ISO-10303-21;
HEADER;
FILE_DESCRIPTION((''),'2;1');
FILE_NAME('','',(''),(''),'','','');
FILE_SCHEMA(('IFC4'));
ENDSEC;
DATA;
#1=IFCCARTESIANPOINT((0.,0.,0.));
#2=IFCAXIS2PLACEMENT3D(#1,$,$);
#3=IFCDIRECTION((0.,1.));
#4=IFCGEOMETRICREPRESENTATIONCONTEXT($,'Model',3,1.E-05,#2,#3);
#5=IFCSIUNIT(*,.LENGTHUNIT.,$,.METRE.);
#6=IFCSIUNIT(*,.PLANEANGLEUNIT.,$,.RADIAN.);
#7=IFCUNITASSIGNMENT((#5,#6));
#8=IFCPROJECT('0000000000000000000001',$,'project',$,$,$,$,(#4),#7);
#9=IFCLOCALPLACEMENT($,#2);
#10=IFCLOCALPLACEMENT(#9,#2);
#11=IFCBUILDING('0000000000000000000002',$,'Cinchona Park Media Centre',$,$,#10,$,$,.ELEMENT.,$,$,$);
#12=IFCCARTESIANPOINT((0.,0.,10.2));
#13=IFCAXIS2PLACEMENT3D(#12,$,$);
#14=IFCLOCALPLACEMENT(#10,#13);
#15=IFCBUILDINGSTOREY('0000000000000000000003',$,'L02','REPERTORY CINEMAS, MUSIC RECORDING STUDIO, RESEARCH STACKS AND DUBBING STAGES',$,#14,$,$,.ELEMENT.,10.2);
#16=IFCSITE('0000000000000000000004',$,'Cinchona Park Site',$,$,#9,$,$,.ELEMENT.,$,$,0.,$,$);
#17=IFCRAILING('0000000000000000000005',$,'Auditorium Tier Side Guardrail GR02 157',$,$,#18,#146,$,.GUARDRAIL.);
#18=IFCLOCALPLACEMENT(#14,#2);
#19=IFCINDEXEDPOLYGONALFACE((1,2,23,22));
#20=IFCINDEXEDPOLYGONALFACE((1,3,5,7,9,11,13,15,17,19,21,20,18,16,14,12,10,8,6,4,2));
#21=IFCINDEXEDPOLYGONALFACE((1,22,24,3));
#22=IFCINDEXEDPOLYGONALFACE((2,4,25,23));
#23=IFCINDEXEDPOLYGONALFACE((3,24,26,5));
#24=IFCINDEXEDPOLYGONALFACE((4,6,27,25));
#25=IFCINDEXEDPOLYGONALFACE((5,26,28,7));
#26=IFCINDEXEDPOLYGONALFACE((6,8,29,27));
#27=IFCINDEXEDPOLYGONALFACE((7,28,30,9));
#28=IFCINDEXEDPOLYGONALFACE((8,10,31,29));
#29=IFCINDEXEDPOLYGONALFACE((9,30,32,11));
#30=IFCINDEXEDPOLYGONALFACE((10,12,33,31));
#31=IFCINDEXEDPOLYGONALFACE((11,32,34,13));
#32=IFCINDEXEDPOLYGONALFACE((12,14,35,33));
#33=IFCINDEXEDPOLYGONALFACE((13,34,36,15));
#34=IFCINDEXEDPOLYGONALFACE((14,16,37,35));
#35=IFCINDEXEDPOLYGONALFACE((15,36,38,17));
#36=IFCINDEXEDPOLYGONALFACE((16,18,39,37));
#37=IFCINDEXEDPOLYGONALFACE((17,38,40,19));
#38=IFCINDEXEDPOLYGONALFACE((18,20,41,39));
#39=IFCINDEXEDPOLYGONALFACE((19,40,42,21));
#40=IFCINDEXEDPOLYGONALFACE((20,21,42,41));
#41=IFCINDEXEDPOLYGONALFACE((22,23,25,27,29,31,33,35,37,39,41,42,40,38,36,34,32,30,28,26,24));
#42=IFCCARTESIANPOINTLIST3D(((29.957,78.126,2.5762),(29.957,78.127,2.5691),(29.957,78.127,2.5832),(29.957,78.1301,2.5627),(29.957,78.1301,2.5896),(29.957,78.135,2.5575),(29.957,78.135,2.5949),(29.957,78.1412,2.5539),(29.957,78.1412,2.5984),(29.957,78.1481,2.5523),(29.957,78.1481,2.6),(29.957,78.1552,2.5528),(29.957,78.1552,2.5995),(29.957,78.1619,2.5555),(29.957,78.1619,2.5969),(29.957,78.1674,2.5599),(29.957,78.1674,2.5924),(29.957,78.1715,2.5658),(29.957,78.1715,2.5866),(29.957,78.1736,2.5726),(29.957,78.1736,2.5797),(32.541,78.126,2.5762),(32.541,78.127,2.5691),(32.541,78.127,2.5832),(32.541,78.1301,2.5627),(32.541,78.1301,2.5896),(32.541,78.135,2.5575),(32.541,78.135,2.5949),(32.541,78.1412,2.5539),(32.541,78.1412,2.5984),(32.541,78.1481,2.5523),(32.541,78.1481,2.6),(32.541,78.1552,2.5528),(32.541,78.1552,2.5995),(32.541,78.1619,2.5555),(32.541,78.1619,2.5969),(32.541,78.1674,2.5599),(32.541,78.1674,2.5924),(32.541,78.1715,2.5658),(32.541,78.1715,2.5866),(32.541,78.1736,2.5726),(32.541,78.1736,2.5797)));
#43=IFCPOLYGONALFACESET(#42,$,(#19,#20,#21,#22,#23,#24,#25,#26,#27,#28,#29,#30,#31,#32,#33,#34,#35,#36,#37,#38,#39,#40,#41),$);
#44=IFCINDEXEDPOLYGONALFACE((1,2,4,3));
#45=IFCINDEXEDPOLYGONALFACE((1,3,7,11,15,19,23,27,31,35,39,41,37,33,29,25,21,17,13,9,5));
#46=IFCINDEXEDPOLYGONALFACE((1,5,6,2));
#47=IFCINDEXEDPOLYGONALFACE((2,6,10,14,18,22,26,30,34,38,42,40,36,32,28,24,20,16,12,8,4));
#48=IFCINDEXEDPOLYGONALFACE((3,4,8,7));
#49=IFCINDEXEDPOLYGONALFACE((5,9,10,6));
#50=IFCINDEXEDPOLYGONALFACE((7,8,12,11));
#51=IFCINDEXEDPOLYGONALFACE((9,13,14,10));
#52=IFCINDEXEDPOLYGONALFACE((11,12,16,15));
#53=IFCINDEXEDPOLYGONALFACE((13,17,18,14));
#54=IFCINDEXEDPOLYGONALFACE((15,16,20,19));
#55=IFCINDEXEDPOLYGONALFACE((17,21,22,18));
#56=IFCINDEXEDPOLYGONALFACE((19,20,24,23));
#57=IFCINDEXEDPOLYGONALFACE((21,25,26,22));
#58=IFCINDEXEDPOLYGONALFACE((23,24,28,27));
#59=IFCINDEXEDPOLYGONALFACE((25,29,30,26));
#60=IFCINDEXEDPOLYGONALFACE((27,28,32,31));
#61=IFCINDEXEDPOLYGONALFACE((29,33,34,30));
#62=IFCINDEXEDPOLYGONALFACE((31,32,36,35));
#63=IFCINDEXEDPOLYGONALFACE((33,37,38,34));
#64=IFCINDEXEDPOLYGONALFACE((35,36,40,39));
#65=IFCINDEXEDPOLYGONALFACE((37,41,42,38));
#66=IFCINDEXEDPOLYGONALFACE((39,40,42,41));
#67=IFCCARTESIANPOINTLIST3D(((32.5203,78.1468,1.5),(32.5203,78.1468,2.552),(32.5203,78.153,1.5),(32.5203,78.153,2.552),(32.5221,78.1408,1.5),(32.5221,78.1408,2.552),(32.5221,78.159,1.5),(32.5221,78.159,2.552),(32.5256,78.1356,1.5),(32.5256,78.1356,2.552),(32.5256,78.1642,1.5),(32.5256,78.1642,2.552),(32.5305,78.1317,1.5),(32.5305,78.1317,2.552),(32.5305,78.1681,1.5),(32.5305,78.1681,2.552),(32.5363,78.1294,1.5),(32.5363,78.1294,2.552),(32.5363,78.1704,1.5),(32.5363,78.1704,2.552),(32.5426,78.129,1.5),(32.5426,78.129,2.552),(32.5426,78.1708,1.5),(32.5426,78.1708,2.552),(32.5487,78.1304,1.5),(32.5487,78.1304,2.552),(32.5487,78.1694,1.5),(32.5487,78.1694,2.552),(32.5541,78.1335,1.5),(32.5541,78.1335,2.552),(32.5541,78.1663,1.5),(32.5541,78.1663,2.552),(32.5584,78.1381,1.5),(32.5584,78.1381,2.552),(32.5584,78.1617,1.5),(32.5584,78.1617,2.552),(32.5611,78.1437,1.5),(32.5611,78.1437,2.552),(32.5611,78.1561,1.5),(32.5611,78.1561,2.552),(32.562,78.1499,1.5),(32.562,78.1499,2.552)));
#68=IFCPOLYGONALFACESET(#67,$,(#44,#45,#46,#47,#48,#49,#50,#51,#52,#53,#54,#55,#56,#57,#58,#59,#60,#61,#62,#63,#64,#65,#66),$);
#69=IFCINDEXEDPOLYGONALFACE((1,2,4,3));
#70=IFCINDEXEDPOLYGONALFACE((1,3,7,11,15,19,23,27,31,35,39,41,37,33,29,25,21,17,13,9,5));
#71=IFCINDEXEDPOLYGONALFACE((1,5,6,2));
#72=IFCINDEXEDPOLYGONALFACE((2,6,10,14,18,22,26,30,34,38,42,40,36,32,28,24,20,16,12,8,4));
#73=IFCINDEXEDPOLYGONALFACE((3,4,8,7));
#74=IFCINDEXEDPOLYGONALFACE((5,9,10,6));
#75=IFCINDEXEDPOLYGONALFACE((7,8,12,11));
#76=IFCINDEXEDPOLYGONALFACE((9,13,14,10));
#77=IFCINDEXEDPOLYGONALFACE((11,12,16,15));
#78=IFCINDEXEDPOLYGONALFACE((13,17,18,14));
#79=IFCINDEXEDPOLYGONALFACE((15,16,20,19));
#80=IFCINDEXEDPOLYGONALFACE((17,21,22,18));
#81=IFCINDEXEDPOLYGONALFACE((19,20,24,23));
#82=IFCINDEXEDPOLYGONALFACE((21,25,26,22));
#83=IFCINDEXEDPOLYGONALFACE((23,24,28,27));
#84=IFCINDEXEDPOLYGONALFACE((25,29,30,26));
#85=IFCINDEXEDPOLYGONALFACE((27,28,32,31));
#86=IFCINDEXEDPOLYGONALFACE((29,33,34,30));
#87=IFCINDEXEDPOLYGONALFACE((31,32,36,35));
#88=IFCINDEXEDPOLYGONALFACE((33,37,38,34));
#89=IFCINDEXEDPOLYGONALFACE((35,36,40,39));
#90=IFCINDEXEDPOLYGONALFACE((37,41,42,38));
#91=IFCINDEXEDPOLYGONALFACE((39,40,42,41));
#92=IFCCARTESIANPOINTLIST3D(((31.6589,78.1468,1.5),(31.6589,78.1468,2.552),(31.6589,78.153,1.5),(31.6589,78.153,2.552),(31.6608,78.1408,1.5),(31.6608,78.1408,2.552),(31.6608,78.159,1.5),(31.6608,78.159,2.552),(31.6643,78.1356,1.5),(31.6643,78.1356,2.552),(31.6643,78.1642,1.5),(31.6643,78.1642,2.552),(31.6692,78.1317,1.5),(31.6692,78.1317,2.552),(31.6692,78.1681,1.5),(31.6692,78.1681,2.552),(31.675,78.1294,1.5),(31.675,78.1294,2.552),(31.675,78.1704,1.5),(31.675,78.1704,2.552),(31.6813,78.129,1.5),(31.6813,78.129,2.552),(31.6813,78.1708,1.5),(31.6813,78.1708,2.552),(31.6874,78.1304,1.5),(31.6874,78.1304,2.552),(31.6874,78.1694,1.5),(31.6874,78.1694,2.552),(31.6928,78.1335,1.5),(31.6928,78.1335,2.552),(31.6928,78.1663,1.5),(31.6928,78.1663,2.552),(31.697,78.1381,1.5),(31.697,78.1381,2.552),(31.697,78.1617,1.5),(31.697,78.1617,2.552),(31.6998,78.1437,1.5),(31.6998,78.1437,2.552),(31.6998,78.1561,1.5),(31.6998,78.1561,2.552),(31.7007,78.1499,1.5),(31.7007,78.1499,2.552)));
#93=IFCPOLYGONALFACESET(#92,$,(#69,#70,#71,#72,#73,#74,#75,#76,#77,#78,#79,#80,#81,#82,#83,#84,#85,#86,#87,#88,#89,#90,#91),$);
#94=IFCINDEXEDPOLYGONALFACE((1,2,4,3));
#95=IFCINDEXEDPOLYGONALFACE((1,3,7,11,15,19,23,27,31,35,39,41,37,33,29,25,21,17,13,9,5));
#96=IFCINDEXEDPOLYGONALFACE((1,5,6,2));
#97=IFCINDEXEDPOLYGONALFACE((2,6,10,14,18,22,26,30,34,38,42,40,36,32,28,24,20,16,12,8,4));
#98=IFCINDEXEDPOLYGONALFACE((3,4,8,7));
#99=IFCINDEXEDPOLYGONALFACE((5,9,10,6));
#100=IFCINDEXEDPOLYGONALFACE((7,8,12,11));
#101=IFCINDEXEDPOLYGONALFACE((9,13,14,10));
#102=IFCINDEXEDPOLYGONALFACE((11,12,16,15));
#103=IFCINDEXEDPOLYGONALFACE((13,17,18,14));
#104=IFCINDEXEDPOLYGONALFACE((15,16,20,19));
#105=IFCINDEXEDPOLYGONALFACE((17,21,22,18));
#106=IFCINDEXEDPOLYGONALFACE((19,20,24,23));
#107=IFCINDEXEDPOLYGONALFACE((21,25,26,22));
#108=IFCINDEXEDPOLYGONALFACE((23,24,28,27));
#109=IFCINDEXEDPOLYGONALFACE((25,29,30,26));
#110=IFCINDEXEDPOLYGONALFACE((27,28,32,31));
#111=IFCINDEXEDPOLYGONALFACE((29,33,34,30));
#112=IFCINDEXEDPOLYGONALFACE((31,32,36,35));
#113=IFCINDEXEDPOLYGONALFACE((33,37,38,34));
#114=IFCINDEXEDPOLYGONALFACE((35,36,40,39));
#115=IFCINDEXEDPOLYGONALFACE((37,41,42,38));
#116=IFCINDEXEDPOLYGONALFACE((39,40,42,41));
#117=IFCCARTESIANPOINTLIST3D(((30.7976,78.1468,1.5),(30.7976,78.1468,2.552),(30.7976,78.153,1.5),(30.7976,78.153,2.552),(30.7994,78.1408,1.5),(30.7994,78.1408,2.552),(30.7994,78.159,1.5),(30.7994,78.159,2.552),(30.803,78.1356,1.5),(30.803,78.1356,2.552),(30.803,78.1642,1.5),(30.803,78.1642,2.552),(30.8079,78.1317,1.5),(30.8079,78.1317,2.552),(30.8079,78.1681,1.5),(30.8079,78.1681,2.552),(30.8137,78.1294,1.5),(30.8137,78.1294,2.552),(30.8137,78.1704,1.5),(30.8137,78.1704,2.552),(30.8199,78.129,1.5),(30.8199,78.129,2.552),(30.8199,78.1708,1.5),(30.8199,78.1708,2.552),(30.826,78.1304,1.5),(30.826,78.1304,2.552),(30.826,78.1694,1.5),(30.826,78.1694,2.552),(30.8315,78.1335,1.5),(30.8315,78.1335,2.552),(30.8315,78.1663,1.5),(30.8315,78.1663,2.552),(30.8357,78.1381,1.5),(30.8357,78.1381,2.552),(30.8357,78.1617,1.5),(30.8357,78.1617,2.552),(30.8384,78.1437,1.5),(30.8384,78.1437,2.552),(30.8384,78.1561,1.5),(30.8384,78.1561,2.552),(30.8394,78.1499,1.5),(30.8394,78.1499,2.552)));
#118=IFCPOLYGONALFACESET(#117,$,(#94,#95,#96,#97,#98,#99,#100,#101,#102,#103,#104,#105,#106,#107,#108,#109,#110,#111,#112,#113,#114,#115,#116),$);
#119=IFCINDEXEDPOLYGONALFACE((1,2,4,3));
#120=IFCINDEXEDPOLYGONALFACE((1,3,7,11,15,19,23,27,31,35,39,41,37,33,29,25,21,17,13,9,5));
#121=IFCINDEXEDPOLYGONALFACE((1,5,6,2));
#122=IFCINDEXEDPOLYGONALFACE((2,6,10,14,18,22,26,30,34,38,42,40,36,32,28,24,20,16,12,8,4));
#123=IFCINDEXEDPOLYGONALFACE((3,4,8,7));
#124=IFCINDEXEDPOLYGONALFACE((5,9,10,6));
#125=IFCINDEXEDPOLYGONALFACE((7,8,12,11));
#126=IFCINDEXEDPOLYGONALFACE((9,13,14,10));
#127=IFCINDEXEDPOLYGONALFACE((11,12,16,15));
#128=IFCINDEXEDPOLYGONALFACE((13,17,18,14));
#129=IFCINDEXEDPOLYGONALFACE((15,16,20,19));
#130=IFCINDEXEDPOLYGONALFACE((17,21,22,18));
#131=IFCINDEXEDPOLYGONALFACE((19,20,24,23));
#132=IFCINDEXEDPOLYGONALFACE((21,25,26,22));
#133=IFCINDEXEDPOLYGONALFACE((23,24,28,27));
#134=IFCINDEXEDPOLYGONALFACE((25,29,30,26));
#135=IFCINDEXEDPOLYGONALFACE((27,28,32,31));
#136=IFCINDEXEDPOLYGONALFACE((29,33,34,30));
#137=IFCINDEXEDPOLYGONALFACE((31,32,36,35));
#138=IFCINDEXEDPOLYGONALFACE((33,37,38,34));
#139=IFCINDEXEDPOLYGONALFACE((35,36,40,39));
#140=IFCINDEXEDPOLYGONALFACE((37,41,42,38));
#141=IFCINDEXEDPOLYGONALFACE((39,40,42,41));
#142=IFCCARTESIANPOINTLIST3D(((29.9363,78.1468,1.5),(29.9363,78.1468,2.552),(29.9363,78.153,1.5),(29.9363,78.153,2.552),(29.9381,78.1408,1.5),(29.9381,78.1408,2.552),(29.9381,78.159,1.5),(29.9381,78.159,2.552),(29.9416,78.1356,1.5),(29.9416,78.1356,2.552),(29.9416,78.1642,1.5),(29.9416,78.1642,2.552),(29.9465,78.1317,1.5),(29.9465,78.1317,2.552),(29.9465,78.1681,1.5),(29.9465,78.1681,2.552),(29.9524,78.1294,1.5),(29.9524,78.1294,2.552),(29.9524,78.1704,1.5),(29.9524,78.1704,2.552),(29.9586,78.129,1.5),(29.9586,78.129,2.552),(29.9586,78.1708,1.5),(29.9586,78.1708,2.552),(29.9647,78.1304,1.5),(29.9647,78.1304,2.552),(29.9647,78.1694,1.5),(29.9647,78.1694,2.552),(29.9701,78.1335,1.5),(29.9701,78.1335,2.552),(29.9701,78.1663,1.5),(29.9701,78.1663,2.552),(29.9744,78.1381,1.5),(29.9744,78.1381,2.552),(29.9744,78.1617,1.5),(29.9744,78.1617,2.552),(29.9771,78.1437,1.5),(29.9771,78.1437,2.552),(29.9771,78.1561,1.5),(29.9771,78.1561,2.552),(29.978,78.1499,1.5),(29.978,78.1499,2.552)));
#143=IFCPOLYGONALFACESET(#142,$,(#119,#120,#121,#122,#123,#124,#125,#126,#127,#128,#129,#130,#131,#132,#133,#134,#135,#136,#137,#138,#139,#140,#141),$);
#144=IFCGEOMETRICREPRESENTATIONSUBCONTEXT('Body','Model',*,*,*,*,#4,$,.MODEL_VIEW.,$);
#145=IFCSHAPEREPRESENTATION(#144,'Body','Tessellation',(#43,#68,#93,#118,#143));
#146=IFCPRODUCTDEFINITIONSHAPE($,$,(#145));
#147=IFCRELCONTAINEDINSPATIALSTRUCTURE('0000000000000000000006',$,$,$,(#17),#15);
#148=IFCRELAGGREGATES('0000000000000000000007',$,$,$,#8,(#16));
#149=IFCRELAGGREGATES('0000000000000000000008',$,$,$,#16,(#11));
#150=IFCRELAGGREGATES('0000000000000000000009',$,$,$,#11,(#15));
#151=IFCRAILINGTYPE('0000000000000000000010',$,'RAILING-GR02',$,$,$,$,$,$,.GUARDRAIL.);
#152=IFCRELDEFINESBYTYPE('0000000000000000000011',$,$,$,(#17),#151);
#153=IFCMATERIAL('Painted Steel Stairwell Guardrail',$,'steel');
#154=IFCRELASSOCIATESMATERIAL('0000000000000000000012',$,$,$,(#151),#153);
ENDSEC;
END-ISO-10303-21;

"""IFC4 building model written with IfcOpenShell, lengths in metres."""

from ifc_helpers import new_model, si_unit, direction, frame, origin, origin_2d, place, context, subcontext, project, spatial, circle, extrude, material, type_object, element, save


model = new_model("IFC4")

# Units and contexts
model_context = context("Model", 3, precision=1e-05, world=origin(), true_north=direction((0.0, 1.0)))
body_context = subcontext(model_context, "Body", "Model", "MODEL_VIEW")
ifc_project = project(units=[si_unit("LENGTHUNIT", "METRE"), si_unit("PLANEANGLEUNIT", "RADIAN")], contexts=[model_context])

# Site, building, storey
site_placement = place(None, origin())
site = spatial("IfcSite", under=ifc_project, at=site_placement, Name="Cinchona Park Site", CompositionType="ELEMENT", RefElevation=0.0)
building_placement = place(site_placement, origin())
building = spatial("IfcBuilding", under=site, at=building_placement, Name="Cinchona Park Media Centre", CompositionType="ELEMENT")
storey_placement = place(building_placement, frame((0.0, 0.0, 10.2)))
storey = spatial("IfcBuildingStorey", under=building, at=storey_placement, Name="L02", Description="REPERTORY CINEMAS, MUSIC RECORDING STUDIO, RESEARCH STACKS AND DUBBING STAGES", CompositionType="ELEMENT", Elevation=10.2)

# Railing
ifc_material_1 = material(Name="Painted Steel Stairwell Guardrail", Category="steel")
railing_type_1 = type_object("IfcRailingType", Name="RAILING-GR02", PredefinedType="GUARDRAIL", material=ifc_material_1)
railing_1_placement = place(storey_placement, frame((32.541, 78.1499, 1.5)))
element("IfcRailing", 1, at=railing_1_placement, inside=storey, type_object=railing_type_1, Name="Auditorium Tier Side Guardrail GR02 157", PredefinedType="GUARDRAIL", context=body_context, shape_type="SweptSolid", body=[
    extrude(circle(Radius=0.0239, at=origin_2d()), frame((0.0, 0.0, 1.0762), z_axis=(-1.0, 0.0, 0.0), x_axis=(0.0, -1.0, 0.0)), (0.0, 0.0, 1.0), 2.584),
    extrude(circle(Radius=0.021, at=origin_2d()), origin(), (0.0, 0.0, 1.0), 1.052),
    extrude(circle(Radius=0.021, at=origin_2d()), frame((-0.8613, 0.0, 0.0)), (0.0, 0.0, 1.0), 1.052),
    extrude(circle(Radius=0.021, at=origin_2d()), frame((-1.7227, 0.0, 0.0)), (0.0, 0.0, 1.0), 1.052),
    extrude(circle(Radius=0.021, at=origin_2d()), frame((-2.584, 0.0, 0.0)), (0.0, 0.0, 1.0), 1.052),
])

save(model, "model.ifc")
